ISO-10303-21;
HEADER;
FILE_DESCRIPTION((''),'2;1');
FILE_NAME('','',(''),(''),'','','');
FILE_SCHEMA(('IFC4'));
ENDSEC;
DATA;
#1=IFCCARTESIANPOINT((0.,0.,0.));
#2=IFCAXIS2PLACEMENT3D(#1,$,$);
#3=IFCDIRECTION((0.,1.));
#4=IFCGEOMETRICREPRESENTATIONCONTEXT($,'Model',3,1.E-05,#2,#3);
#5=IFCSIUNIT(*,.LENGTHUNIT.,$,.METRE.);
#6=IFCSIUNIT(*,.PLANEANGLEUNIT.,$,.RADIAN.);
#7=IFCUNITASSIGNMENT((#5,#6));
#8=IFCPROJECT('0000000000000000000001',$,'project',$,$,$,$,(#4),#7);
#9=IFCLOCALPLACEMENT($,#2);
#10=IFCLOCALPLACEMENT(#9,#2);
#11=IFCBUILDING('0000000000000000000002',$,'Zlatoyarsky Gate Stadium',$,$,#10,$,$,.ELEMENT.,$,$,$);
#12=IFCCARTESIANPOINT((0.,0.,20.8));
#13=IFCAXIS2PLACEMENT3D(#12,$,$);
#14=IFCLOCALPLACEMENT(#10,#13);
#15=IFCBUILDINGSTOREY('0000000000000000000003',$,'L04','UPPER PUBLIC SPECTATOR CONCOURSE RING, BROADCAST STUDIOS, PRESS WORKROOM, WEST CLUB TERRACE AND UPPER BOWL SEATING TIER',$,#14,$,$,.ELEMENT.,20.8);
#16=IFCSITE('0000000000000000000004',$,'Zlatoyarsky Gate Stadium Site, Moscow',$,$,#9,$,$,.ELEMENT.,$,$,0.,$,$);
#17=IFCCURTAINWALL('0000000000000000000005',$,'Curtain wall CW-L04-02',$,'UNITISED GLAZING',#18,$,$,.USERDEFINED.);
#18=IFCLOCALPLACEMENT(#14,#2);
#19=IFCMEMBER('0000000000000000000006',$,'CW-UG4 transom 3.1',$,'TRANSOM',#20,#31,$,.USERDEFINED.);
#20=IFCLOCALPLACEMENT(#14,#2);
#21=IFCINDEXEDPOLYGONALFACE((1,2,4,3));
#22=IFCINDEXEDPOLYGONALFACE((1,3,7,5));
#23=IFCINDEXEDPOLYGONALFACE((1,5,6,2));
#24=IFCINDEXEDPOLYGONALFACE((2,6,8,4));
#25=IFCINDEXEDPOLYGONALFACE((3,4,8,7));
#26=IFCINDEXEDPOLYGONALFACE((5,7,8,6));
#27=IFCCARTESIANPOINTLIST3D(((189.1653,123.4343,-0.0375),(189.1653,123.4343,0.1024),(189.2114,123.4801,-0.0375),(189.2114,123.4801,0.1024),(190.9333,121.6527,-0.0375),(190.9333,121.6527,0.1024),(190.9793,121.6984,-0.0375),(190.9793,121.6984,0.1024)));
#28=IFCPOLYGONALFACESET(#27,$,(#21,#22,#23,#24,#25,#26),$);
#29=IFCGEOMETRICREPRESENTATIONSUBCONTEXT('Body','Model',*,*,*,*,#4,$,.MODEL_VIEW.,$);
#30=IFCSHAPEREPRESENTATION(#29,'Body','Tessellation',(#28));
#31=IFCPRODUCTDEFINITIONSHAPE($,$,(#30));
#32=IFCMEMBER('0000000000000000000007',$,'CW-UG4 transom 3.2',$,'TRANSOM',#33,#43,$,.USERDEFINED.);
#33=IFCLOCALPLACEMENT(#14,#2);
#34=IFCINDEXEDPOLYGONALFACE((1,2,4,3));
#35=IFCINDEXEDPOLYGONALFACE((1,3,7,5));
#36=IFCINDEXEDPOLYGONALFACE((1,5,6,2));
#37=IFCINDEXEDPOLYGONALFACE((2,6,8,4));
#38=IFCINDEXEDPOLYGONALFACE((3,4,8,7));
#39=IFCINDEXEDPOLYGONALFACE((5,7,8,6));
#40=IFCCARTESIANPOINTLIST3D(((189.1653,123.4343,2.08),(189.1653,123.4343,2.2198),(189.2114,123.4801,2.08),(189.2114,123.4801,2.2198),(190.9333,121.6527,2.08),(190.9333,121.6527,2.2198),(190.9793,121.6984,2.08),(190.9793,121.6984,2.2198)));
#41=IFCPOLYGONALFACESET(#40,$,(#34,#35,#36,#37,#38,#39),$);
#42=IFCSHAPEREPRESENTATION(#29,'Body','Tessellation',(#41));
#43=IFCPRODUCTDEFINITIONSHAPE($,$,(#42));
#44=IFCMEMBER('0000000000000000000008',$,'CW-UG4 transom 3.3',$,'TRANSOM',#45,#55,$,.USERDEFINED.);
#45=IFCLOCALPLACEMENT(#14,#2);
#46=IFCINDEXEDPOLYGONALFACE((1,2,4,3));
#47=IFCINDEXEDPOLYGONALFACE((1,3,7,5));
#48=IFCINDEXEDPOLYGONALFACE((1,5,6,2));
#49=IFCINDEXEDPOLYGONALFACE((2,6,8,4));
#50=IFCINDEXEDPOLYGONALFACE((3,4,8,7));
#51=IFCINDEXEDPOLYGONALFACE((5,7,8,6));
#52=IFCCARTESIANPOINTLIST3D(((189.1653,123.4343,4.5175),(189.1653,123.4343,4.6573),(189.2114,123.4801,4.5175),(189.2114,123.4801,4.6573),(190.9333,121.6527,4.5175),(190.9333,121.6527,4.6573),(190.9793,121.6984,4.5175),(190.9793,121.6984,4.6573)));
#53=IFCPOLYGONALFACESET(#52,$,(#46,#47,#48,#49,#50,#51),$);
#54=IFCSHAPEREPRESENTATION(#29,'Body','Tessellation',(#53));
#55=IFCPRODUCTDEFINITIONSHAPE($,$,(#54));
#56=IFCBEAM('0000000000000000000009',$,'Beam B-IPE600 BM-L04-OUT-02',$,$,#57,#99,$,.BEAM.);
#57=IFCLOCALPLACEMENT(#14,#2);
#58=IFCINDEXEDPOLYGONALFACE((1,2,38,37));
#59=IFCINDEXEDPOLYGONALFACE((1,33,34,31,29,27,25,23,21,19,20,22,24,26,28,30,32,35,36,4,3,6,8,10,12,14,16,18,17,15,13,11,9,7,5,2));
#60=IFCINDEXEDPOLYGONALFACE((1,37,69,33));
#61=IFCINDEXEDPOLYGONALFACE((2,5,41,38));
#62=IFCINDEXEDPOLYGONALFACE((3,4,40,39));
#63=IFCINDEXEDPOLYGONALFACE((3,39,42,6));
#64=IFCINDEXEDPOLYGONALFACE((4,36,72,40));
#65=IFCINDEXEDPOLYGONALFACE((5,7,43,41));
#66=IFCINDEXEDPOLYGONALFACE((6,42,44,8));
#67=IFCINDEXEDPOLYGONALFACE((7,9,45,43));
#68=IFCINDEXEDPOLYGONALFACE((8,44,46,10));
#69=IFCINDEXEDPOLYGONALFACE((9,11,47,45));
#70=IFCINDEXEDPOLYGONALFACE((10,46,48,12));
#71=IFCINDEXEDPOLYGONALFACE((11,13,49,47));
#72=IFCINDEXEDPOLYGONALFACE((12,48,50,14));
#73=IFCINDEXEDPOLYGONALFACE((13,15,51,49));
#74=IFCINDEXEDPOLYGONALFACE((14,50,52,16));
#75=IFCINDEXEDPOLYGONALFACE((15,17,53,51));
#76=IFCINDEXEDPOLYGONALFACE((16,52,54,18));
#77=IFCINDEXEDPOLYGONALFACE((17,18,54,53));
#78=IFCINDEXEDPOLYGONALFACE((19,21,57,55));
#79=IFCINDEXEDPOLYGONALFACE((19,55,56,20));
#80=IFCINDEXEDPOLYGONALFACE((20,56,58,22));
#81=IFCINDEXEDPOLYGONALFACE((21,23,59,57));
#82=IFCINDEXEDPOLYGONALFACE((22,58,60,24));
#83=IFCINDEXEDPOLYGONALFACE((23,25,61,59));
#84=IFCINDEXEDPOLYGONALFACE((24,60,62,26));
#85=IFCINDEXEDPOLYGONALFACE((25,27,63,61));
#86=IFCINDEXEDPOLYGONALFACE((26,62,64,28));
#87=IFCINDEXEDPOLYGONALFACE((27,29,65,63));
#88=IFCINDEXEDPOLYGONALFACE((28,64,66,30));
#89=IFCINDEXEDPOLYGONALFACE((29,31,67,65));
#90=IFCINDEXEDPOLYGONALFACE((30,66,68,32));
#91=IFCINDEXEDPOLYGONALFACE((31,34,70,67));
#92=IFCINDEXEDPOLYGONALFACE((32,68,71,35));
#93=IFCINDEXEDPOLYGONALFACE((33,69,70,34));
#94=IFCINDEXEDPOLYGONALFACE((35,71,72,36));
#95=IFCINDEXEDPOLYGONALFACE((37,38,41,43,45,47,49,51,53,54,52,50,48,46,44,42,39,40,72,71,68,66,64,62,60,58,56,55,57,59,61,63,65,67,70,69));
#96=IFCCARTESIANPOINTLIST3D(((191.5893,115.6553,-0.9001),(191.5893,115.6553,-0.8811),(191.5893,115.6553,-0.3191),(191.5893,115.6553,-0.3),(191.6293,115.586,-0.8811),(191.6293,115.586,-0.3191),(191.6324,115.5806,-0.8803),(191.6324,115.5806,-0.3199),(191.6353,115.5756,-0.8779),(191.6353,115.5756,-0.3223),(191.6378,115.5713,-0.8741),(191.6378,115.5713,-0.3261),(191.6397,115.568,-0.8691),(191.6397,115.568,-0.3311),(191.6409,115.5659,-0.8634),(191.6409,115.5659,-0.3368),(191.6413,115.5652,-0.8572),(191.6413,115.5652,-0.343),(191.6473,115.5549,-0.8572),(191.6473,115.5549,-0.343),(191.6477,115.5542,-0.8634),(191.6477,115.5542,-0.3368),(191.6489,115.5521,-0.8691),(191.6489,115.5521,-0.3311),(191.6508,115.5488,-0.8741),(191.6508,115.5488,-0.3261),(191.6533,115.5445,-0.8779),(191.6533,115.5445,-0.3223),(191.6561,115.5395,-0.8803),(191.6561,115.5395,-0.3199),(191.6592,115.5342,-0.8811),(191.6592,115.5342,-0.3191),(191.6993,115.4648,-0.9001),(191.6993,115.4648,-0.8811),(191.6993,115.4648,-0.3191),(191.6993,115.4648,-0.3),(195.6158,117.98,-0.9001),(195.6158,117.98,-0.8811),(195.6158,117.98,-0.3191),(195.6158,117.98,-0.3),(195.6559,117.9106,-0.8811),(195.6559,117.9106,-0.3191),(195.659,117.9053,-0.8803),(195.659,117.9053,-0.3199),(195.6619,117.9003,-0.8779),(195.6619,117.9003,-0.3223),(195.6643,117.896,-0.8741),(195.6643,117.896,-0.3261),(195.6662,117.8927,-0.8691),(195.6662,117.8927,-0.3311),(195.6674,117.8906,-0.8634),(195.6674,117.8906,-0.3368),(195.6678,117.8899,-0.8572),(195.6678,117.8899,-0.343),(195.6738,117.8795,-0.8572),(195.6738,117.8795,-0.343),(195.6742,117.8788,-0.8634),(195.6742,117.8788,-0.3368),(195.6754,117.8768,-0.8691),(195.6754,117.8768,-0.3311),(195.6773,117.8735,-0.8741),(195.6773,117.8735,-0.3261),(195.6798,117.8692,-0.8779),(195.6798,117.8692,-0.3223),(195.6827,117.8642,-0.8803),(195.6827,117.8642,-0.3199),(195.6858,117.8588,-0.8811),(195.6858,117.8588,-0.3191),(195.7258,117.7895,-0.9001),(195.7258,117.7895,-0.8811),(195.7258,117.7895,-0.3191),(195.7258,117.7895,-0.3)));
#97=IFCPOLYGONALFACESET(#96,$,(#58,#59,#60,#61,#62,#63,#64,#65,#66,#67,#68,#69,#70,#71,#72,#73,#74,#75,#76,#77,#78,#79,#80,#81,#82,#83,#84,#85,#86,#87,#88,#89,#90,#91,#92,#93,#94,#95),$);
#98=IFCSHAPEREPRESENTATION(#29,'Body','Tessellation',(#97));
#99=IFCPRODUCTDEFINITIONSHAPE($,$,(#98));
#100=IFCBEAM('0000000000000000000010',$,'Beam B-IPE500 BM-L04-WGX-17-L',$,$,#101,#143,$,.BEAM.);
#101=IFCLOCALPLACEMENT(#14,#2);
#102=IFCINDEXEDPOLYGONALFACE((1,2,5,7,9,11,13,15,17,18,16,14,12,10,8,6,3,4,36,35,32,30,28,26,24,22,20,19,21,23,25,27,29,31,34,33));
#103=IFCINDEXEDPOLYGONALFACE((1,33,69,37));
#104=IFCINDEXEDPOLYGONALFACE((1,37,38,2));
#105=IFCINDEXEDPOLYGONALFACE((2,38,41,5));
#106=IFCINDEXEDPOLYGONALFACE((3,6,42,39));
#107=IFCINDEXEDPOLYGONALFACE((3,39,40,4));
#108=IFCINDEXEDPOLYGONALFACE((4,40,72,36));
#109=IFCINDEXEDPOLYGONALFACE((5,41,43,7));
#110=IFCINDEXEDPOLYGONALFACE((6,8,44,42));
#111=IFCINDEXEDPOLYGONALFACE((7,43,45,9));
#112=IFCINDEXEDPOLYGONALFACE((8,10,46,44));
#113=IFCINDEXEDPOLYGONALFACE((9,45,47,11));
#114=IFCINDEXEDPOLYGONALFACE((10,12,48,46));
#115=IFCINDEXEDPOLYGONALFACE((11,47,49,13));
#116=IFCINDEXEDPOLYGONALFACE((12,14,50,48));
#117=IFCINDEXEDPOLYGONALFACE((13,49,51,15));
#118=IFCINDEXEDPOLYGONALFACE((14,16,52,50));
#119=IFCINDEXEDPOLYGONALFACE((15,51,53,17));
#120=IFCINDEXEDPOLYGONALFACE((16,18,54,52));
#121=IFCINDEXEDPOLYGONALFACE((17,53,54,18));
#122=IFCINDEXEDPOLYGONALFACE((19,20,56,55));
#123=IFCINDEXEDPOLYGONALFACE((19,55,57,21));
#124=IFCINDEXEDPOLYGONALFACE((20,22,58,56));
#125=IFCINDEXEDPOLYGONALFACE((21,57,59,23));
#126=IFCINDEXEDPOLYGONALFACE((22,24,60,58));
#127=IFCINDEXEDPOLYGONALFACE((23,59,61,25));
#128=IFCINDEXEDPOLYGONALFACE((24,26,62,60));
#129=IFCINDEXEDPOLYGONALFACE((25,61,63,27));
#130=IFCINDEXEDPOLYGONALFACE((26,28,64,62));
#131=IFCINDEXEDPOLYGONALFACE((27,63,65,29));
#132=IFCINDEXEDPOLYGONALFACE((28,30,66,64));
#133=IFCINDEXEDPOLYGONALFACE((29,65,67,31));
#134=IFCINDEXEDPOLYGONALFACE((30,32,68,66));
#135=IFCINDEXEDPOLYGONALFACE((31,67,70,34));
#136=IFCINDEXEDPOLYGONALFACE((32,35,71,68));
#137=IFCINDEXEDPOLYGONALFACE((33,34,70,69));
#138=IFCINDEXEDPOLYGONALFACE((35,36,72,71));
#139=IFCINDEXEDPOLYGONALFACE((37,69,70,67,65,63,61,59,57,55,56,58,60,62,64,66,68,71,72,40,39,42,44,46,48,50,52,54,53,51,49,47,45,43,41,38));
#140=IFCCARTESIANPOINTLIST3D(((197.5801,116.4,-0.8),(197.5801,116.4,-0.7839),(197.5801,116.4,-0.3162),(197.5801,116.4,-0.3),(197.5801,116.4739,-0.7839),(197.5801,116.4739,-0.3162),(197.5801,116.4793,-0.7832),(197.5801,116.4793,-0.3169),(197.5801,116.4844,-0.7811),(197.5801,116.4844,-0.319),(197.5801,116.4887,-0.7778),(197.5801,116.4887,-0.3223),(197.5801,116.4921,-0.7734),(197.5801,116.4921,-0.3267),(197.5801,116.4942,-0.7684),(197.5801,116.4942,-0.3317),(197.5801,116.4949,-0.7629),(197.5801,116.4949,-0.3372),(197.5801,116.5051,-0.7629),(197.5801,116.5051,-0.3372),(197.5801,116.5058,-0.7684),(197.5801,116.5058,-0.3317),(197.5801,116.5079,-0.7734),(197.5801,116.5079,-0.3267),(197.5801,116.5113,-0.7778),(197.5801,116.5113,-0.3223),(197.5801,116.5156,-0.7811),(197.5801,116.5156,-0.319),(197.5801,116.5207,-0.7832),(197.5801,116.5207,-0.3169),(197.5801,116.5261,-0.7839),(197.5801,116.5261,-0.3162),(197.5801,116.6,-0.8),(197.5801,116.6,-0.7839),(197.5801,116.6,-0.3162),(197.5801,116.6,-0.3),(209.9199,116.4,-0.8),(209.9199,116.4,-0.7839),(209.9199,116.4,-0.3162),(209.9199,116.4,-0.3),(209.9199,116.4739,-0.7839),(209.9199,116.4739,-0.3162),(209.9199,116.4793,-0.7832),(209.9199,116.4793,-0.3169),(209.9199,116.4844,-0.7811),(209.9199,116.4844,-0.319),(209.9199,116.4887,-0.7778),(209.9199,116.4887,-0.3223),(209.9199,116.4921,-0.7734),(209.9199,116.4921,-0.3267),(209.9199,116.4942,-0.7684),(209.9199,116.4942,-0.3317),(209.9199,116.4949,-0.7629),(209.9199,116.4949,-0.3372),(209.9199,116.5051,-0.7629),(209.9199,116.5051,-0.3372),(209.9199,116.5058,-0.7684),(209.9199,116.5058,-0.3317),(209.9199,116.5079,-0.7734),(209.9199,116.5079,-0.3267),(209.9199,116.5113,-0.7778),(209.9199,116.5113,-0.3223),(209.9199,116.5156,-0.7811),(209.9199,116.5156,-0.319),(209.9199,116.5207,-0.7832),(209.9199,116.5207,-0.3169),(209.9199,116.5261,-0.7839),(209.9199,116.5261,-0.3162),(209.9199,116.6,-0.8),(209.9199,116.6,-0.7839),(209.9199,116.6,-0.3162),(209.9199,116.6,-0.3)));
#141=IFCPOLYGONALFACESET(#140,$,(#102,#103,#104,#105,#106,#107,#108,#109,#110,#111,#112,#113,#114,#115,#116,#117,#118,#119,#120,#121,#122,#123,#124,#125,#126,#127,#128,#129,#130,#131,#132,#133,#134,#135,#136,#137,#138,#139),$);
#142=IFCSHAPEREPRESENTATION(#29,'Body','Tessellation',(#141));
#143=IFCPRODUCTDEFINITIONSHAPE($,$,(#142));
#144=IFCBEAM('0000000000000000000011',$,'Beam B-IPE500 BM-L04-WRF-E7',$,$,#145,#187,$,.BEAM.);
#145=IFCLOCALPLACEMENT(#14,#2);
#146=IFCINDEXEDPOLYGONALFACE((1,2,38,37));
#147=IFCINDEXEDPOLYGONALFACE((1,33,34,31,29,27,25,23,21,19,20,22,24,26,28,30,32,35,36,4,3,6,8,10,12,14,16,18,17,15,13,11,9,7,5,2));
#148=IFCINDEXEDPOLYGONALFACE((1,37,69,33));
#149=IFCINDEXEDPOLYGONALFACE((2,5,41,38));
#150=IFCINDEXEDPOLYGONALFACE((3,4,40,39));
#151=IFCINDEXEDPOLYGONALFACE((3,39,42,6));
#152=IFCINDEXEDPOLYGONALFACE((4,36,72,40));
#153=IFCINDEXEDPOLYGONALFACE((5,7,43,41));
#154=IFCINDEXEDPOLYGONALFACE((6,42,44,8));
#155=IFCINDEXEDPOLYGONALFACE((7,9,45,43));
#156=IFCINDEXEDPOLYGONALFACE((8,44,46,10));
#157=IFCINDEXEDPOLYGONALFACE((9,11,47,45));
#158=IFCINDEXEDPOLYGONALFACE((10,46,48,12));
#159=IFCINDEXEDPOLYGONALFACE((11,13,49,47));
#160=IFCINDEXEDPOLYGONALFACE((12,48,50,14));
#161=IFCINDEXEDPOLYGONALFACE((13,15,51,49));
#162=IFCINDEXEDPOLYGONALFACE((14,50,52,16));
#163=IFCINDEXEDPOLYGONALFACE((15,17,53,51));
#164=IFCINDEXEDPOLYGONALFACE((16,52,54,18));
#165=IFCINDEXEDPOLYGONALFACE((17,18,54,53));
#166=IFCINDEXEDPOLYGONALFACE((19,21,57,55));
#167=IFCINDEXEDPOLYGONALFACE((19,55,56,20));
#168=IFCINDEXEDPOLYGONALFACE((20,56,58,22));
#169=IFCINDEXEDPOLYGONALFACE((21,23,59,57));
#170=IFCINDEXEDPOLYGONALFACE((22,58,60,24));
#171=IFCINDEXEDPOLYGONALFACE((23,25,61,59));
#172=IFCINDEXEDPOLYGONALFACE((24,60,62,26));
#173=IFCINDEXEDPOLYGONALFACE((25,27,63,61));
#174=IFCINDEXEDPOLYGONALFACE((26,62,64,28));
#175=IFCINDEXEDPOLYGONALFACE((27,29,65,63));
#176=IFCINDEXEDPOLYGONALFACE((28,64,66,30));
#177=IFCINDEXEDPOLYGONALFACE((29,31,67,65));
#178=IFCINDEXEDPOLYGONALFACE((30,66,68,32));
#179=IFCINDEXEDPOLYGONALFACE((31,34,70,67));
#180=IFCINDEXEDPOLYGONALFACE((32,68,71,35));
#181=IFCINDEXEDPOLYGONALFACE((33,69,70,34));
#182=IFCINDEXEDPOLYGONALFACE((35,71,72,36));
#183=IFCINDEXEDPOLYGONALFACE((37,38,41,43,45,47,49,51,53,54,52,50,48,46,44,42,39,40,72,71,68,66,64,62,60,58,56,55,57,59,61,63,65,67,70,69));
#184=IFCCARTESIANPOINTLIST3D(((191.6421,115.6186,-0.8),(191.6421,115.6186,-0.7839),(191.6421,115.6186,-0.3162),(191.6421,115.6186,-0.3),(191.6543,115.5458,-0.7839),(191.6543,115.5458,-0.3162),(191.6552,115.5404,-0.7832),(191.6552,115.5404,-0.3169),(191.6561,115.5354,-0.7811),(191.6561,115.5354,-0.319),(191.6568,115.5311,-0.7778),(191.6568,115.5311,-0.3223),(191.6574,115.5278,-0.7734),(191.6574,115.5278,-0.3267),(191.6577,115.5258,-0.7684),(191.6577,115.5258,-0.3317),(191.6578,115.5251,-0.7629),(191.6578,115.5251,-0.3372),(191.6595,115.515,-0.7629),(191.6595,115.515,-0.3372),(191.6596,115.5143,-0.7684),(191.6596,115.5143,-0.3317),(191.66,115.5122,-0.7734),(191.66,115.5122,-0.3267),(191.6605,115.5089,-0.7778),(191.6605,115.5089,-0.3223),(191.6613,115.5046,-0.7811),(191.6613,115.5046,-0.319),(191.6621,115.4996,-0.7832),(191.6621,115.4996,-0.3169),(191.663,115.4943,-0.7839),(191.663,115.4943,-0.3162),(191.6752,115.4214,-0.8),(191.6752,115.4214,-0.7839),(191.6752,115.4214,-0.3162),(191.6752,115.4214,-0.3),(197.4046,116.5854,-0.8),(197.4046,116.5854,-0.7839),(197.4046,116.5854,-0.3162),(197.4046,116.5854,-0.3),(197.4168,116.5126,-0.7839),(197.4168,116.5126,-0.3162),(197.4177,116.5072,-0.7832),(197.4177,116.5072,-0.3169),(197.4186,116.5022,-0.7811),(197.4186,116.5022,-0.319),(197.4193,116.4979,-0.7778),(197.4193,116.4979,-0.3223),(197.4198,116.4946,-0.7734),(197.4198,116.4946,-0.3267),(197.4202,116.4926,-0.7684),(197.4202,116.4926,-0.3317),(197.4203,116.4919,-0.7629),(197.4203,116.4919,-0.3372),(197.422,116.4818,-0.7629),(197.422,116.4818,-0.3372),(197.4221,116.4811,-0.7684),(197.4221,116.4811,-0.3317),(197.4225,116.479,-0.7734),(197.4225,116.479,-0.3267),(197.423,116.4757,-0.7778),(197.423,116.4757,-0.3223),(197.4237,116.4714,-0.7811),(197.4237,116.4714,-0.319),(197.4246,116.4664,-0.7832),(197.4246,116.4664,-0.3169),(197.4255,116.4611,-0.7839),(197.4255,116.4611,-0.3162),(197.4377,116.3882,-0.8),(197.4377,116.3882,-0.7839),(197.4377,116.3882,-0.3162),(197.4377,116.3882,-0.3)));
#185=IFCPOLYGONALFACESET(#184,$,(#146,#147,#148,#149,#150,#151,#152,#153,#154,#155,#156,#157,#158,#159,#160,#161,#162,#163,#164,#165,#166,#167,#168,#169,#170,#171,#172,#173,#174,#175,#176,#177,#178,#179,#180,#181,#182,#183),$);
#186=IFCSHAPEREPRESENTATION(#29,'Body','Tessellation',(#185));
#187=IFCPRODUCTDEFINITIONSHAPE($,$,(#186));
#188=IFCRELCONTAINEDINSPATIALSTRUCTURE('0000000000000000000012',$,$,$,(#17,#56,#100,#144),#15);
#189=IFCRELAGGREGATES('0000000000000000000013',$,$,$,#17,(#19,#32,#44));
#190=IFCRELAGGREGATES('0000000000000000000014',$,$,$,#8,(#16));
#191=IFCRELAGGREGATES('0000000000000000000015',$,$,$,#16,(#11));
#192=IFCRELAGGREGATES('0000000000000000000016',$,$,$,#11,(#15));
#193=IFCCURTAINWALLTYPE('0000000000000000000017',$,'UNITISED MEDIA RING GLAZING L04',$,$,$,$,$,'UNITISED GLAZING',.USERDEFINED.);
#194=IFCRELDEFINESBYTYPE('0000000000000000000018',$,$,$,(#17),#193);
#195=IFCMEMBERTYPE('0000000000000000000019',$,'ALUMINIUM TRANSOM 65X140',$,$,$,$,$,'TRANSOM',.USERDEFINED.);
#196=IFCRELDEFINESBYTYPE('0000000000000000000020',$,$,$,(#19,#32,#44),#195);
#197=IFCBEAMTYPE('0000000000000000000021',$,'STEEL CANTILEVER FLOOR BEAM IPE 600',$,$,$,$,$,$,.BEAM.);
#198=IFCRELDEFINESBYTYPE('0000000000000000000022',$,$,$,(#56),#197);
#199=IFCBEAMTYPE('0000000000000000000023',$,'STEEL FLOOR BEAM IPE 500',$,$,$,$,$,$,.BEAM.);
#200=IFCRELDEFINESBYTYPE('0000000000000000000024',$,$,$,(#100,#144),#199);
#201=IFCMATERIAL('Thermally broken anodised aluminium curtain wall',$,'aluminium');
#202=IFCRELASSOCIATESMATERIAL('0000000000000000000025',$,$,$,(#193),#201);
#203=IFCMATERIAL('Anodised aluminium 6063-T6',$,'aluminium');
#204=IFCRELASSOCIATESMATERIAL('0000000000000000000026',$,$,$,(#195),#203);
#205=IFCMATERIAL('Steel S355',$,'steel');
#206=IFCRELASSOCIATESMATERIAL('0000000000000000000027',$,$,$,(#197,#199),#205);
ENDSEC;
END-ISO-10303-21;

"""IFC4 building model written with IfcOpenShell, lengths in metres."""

from ifc_helpers import new_model, si_unit, direction, frame, origin, origin_2d, place, context, subcontext, project, spatial, rectangle, i_section, extrude, material, material_profile, profile_set, type_object, element, aggregate, save


model = new_model("IFC4")

# Units and contexts
model_context = context("Model", 3, precision=1e-05, world=origin(), true_north=direction((0.0, 1.0)))
body_context = subcontext(model_context, "Body", "Model", "MODEL_VIEW")
ifc_project = project(units=[si_unit("LENGTHUNIT", "METRE"), si_unit("PLANEANGLEUNIT", "RADIAN")], contexts=[model_context])

# Site, building, storey
site_placement = place(None, origin())
site = spatial("IfcSite", under=ifc_project, at=site_placement, Name="Zlatoyarsky Gate Stadium Site, Moscow", CompositionType="ELEMENT", RefElevation=0.0)
building_placement = place(site_placement, origin())
building = spatial("IfcBuilding", under=site, at=building_placement, Name="Zlatoyarsky Gate Stadium", CompositionType="ELEMENT")
storey_placement = place(building_placement, frame((0.0, 0.0, 20.8)))
storey = spatial("IfcBuildingStorey", under=building, at=storey_placement, Name="L04", Description="UPPER PUBLIC SPECTATOR CONCOURSE RING, BROADCAST STUDIOS, PRESS WORKROOM, WEST CLUB TERRACE AND UPPER BOWL SEATING TIER", CompositionType="ELEMENT", Elevation=20.8)

# Shared definitions
ifc_material_1 = material(Name="Steel S355", Category="steel")

# Shared definitions
ifc_material_2 = material(Name="Thermally broken anodised aluminium curtain wall", Category="aluminium")
curtain_wall_type = type_object("IfcCurtainWallType", Name="UNITISED MEDIA RING GLAZING L04", ElementType="UNITISED GLAZING", PredefinedType="USERDEFINED", material=ifc_material_2)
ifc_material_3 = material(Name="Anodised aluminium 6063-T6", Category="aluminium")

# Curtain wall, members
curtain_wall_1_placement = place(storey_placement, origin())
curtain_wall_1 = element("IfcCurtainWall", 1, at=curtain_wall_1_placement, inside=storey, type_object=curtain_wall_type, Name="Curtain wall CW-L04-02", ObjectType="UNITISED GLAZING", PredefinedType="USERDEFINED")
ifc_material_profile_1 = material_profile(ifc_material_3, rectangle(XDim=0.0649, YDim=0.1399, at=origin_2d()), Name="ALU 65X140")
ifc_profile_set_1 = profile_set([ifc_material_profile_1], Name="Anodised aluminium 6063-T6")
member_type_1 = type_object("IfcMemberType", Name="ALUMINIUM TRANSOM 65X140", ElementType="TRANSOM", PredefinedType="USERDEFINED", material=ifc_profile_set_1)
member_1_placement = place(storey_placement, frame((190.9563, 121.6755, 0.0325), z_axis=(-0.704378, 0.709825, 0.0), x_axis=(-0.709825, -0.704378, 0.0)))
member_1 = element("IfcMember", 2, at=member_1_placement, type_object=member_type_1, Name="CW-UG4 transom 3.1", ObjectType="TRANSOM", PredefinedType="USERDEFINED", context=body_context, shape_type="SweptSolid", body=[
    extrude(rectangle(XDim=0.0649, YDim=0.1399, at=origin_2d()), origin(), (0.0, 0.0, 1.0), 2.51),
])
member_2_placement = place(storey_placement, frame((190.9563, 121.6755, 2.1499), z_axis=(-0.704378, 0.709825, 0.0), x_axis=(-0.709825, -0.704378, 0.0)))
member_2 = element("IfcMember", 3, at=member_2_placement, type_object=member_type_1, Name="CW-UG4 transom 3.2", ObjectType="TRANSOM", PredefinedType="USERDEFINED", context=body_context, shape_type="SweptSolid", body=[
    extrude(rectangle(XDim=0.0649, YDim=0.1399, at=origin_2d()), origin(), (0.0, 0.0, 1.0), 2.51),
])
member_3_placement = place(storey_placement, frame((190.9563, 121.6755, 4.5874), z_axis=(-0.704378, 0.709825, 0.0), x_axis=(-0.709825, -0.704378, 0.0)))
member_3 = element("IfcMember", 4, at=member_3_placement, type_object=member_type_1, Name="CW-UG4 transom 3.3", ObjectType="TRANSOM", PredefinedType="USERDEFINED", context=body_context, shape_type="SweptSolid", body=[
    extrude(rectangle(XDim=0.0649, YDim=0.1399, at=origin_2d()), origin(), (0.0, 0.0, 1.0), 2.51),
])

# Beams
ifc_material_profile_2 = material_profile(ifc_material_1, i_section(OverallWidth=0.22, OverallDepth=0.6001, WebThickness=0.012, FlangeThickness=0.019, FilletRadius=0.0239, at=origin_2d()), Name="IPE 600")
ifc_profile_set_2 = profile_set([ifc_material_profile_2], Name="Steel S355")
beam_type_1 = type_object("IfcBeamType", Name="STEEL CANTILEVER FLOOR BEAM IPE 600", PredefinedType="BEAM", material=ifc_profile_set_2)
beam_1_placement = place(storey_placement, frame((191.6443, 115.5601, -0.6001), z_axis=(0.866031, 0.499991, 0.0), x_axis=(-0.499991, 0.866031, 0.0)))
element("IfcBeam", 5, at=beam_1_placement, inside=storey, type_object=beam_type_1, Name="Beam B-IPE600 BM-L04-OUT-02", PredefinedType="BEAM", context=body_context, shape_type="SweptSolid", body=[
    extrude(i_section(OverallWidth=0.22, OverallDepth=0.6001, WebThickness=0.012, FlangeThickness=0.019, FilletRadius=0.0239, at=origin_2d()), origin(), (0.0, 0.0, 1.0), 4.6494),
])
ifc_material_profile_3 = material_profile(ifc_material_1, i_section(OverallWidth=0.2, OverallDepth=0.5, WebThickness=0.0103, FlangeThickness=0.0161, FilletRadius=0.021, at=origin_2d()), Name="IPE 500")
ifc_profile_set_3 = profile_set([ifc_material_profile_3], Name="Steel S355")
beam_type_2 = type_object("IfcBeamType", Name="STEEL FLOOR BEAM IPE 500", PredefinedType="BEAM", material=ifc_profile_set_3)
beam_2_placement = place(storey_placement, frame((197.5801, 116.5, -0.55), z_axis=(1.0, 0.0, 0.0), x_axis=(0.0, 1.0, 0.0)))
element("IfcBeam", 6, at=beam_2_placement, inside=storey, type_object=beam_type_2, Name="Beam B-IPE500 BM-L04-WGX-17-L", PredefinedType="BEAM", context=body_context, shape_type="SweptSolid", body=[
    extrude(i_section(OverallWidth=0.2, OverallDepth=0.5, WebThickness=0.0103, FlangeThickness=0.0161, FilletRadius=0.021, at=origin_2d()), origin(), (0.0, 0.0, 1.0), 12.3398),
])
beam_3_placement = place(storey_placement, frame((197.4211, 116.4868, -0.55), z_axis=(-0.986216, -0.165463, 0.0), x_axis=(0.165463, -0.986216, 0.0)))
element("IfcBeam", 7, at=beam_3_placement, inside=storey, type_object=beam_type_2, Name="Beam B-IPE500 BM-L04-WRF-E7", PredefinedType="BEAM", context=body_context, shape_type="SweptSolid", body=[
    extrude(i_section(OverallWidth=0.2, OverallDepth=0.5, WebThickness=0.0103, FlangeThickness=0.0161, FilletRadius=0.021, at=origin_2d()), origin(), (0.0, 0.0, 1.0), 5.843),
])

aggregate(curtain_wall_1, [member_1, member_2, member_3])

save(model, "model.ifc")
